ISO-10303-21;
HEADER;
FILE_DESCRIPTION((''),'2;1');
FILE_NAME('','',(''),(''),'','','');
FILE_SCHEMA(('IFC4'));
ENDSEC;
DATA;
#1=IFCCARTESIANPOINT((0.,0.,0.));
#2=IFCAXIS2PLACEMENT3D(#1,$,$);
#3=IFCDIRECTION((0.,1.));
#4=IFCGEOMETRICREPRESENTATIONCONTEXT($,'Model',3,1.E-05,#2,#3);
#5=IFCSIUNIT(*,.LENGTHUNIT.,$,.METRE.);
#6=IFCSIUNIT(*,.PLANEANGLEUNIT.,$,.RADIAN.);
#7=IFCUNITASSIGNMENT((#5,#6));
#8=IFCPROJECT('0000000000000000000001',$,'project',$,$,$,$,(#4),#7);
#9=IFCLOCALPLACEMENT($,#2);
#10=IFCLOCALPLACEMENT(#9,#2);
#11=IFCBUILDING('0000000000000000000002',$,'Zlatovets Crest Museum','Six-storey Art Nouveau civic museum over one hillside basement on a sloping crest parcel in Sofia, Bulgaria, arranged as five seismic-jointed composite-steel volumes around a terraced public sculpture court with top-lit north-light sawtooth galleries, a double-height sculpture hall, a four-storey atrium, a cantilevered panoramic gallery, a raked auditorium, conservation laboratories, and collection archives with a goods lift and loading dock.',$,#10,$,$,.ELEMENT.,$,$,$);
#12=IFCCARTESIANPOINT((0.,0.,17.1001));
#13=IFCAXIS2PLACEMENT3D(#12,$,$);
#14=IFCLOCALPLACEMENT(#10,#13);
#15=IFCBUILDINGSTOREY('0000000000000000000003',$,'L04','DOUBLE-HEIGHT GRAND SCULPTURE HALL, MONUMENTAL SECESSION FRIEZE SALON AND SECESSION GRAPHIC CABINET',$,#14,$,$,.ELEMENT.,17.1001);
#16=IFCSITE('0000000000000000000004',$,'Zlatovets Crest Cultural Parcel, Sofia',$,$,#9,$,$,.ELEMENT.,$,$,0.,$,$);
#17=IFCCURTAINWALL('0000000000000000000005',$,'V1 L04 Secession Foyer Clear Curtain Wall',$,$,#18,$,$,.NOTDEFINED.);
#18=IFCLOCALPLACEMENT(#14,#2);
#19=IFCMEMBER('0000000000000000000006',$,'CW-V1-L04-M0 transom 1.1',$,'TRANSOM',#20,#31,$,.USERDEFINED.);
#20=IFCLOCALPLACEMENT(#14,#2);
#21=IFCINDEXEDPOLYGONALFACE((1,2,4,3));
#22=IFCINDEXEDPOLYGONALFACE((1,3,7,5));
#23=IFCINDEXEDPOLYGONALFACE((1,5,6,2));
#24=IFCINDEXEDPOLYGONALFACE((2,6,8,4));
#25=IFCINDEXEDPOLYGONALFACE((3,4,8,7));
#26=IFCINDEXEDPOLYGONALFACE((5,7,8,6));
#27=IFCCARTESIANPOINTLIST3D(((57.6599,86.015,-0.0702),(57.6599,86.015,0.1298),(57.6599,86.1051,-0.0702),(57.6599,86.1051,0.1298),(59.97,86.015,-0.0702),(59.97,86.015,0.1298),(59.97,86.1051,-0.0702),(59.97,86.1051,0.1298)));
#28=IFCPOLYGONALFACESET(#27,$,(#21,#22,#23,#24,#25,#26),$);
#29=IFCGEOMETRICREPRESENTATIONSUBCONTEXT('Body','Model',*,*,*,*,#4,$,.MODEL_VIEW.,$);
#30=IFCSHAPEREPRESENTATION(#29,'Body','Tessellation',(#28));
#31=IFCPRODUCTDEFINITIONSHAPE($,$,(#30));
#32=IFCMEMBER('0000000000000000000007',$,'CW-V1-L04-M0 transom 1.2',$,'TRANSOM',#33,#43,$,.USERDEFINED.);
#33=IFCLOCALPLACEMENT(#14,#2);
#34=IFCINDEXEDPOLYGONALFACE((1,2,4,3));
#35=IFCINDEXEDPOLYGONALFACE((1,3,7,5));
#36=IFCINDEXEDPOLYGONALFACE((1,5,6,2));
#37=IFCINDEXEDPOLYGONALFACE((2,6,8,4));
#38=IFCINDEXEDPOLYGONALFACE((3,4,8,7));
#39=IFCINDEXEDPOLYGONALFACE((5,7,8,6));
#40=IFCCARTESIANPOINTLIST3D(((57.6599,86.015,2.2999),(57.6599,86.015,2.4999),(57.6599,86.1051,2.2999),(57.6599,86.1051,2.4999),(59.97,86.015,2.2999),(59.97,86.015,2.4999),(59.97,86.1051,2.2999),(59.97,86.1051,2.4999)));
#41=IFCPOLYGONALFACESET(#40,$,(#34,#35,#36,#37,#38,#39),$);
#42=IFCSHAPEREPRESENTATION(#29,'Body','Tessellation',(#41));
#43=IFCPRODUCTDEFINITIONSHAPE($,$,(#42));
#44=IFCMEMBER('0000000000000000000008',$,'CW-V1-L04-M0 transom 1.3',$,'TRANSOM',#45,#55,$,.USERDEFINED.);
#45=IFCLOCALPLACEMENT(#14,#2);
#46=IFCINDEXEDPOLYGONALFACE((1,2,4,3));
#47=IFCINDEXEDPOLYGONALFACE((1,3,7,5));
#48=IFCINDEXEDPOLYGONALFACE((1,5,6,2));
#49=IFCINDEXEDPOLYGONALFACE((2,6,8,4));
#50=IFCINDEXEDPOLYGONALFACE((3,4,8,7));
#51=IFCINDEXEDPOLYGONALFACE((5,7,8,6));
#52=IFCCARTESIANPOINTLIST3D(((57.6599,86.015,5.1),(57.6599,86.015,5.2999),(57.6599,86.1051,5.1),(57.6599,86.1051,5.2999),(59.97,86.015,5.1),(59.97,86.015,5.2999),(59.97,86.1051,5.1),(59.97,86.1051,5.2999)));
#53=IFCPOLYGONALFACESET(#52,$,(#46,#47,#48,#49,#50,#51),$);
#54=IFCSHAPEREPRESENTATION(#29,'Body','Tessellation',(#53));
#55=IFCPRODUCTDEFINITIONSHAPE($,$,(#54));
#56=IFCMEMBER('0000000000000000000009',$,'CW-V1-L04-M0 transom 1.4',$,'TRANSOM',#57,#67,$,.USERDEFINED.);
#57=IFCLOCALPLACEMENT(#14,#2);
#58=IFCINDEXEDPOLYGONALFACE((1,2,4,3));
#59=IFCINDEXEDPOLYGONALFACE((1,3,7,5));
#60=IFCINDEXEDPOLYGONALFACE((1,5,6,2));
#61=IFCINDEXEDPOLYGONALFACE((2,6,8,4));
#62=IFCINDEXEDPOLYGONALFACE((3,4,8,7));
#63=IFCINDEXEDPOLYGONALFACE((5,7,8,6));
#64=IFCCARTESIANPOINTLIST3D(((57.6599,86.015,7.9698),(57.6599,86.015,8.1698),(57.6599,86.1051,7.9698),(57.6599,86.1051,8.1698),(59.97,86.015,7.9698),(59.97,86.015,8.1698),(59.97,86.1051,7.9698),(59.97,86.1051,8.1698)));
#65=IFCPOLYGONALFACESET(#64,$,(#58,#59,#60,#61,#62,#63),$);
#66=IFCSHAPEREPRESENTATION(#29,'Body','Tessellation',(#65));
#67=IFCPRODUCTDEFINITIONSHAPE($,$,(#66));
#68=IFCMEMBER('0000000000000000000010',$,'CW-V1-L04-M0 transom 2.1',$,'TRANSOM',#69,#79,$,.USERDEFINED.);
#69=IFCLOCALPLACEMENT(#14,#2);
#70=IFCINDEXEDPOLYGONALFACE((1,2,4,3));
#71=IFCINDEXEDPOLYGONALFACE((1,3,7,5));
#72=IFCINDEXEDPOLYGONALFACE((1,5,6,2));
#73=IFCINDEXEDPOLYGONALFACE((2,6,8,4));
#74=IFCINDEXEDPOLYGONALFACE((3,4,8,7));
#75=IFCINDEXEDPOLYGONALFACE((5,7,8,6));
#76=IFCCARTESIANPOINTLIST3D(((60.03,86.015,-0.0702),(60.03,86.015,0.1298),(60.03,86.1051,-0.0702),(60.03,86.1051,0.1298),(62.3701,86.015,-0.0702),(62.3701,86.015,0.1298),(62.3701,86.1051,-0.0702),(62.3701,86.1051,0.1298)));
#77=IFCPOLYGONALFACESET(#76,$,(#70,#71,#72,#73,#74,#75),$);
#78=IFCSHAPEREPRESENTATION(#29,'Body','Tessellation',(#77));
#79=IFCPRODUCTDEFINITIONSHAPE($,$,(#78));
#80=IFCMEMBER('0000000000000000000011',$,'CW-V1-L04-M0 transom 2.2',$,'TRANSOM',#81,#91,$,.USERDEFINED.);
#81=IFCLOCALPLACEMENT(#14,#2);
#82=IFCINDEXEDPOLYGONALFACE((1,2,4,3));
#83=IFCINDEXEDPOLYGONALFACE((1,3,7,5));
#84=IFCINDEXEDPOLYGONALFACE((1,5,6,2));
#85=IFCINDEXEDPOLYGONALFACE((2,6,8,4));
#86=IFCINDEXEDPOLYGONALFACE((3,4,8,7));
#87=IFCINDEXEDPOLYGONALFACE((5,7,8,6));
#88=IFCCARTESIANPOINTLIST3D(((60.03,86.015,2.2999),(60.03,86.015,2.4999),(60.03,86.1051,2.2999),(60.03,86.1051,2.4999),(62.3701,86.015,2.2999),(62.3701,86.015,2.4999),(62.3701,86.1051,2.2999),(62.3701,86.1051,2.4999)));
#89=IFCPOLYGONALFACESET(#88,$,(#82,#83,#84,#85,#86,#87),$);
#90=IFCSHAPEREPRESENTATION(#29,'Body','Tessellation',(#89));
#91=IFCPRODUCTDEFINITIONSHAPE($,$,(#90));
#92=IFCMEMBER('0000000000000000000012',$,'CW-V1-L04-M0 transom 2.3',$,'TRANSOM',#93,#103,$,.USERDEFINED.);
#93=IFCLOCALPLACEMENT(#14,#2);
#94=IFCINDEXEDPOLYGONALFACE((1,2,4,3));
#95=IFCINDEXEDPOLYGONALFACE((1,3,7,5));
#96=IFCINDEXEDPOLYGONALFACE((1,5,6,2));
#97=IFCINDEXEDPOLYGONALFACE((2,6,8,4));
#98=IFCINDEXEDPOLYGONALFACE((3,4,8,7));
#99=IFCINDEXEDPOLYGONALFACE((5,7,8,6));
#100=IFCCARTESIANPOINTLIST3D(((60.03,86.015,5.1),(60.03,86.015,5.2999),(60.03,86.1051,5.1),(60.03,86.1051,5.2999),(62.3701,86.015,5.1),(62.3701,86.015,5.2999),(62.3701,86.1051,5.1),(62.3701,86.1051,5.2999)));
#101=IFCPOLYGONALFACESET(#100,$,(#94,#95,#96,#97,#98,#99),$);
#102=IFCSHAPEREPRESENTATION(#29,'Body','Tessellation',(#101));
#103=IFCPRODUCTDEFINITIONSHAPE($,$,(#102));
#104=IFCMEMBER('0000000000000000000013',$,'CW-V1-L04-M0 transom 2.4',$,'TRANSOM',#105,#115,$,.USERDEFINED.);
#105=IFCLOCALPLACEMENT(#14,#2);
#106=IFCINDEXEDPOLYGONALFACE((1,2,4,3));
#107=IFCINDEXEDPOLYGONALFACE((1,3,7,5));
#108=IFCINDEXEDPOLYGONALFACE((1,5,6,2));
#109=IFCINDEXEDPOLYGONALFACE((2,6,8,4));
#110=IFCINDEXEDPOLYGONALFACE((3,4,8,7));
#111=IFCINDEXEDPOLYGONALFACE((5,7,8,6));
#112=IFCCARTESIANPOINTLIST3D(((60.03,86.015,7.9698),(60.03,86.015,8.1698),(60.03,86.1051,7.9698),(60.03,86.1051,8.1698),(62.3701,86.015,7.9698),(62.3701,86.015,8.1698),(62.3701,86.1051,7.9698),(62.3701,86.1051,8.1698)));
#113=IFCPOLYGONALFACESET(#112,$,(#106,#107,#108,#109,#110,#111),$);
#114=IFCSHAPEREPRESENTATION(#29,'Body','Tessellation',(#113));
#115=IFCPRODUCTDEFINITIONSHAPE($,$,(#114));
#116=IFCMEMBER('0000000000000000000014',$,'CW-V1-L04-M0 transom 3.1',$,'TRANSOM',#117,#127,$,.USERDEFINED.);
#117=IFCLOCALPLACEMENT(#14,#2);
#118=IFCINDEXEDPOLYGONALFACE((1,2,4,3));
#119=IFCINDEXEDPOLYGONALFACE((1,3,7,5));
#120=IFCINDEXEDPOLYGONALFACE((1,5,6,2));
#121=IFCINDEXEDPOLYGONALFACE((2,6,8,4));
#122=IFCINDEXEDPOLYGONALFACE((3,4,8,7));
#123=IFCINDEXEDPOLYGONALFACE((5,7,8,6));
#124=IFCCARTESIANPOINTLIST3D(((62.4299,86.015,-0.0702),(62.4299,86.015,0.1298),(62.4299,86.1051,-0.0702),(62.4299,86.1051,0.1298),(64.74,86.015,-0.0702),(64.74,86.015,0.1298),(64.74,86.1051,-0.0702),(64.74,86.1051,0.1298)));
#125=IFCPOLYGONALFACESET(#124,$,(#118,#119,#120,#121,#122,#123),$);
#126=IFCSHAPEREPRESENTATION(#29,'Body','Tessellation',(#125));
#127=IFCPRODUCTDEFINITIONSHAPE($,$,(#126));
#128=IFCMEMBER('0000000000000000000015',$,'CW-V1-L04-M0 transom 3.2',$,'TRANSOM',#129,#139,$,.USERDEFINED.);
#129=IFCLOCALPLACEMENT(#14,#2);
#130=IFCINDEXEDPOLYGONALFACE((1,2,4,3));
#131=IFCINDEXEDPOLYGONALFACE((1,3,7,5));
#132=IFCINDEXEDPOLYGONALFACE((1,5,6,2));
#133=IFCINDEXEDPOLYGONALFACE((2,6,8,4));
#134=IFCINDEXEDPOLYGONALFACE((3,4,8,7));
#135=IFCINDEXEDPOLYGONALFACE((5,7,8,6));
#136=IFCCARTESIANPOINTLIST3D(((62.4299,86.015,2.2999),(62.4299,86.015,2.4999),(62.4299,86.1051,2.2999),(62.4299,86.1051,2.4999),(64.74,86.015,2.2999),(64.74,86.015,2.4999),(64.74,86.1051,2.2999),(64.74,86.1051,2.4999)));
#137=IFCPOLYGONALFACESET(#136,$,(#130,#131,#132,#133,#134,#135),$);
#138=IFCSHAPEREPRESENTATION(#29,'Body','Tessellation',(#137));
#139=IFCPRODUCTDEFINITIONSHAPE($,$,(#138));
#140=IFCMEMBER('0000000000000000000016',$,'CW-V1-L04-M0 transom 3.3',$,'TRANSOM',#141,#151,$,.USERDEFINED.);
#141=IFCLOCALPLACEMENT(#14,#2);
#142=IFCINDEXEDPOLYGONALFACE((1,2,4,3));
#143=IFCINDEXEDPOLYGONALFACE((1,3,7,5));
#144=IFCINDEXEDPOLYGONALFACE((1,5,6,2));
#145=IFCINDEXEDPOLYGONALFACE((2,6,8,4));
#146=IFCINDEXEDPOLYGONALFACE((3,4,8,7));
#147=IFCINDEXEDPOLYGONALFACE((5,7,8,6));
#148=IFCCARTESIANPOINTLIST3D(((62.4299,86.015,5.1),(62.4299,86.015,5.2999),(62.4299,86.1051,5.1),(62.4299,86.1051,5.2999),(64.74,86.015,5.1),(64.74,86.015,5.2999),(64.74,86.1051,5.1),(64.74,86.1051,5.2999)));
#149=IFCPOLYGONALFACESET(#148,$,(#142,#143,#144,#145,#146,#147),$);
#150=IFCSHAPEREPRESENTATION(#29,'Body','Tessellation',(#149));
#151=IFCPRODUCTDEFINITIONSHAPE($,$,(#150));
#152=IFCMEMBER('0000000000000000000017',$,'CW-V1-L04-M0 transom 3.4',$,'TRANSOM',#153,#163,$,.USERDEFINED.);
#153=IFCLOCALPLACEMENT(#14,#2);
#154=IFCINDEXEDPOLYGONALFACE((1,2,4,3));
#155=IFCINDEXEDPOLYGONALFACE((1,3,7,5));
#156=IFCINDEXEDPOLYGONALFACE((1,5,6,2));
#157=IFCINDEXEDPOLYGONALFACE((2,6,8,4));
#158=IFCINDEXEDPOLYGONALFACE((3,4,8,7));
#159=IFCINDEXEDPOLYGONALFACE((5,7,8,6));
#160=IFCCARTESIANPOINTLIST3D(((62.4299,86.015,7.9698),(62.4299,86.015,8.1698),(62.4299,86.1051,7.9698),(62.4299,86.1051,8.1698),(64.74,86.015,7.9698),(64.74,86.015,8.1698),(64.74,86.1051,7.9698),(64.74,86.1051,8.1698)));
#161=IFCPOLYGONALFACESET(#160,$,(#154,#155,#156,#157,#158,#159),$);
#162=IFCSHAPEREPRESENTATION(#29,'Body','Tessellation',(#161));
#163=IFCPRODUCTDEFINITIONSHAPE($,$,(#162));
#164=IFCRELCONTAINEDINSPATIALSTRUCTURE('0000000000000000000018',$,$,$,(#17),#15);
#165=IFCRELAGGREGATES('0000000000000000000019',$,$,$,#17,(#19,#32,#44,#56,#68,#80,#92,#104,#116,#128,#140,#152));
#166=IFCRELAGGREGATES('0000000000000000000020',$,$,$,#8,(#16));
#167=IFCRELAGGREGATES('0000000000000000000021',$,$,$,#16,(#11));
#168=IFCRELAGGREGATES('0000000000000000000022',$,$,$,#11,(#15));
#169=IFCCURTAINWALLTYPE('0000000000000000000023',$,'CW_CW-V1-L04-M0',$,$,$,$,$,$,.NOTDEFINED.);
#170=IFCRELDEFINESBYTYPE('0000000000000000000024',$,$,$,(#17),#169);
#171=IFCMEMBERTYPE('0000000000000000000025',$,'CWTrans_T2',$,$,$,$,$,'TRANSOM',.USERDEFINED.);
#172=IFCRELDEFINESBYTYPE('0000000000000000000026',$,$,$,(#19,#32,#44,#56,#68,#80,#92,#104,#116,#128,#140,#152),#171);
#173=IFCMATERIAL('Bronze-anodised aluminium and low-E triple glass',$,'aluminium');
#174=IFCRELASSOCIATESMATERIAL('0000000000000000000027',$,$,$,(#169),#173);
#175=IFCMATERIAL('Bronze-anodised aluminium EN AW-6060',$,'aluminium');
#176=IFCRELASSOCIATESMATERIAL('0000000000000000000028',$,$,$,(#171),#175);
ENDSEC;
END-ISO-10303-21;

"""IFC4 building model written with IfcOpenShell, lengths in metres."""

from ifc_helpers import new_model, si_unit, direction, frame, origin, origin_2d, place, context, subcontext, project, spatial, rectangle, extrude, material, material_profile, profile_set, type_object, element, aggregate, save


model = new_model("IFC4")

# Units and contexts
model_context = context("Model", 3, precision=1e-05, world=origin(), true_north=direction((0.0, 1.0)))
body_context = subcontext(model_context, "Body", "Model", "MODEL_VIEW")
ifc_project = project(units=[si_unit("LENGTHUNIT", "METRE"), si_unit("PLANEANGLEUNIT", "RADIAN")], contexts=[model_context])

# Site, building, storey
site_placement = place(None, origin())
site = spatial("IfcSite", under=ifc_project, at=site_placement, Name="Zlatovets Crest Cultural Parcel, Sofia", CompositionType="ELEMENT", RefElevation=0.0)
building_placement = place(site_placement, origin())
building = spatial("IfcBuilding", under=site, at=building_placement, Name="Zlatovets Crest Museum", Description="Six-storey Art Nouveau civic museum over one hillside basement on a sloping crest parcel in Sofia, Bulgaria, arranged as five seismic-jointed composite-steel volumes around a terraced public sculpture court with top-lit north-light sawtooth galleries, a double-height sculpture hall, a four-storey atrium, a cantilevered panoramic gallery, a raked auditorium, conservation laboratories, and collection archives with a goods lift and loading dock.", CompositionType="ELEMENT")
storey_placement = place(building_placement, frame((0.0, 0.0, 17.1001)))
storey = spatial("IfcBuildingStorey", under=building, at=storey_placement, Name="L04", Description="DOUBLE-HEIGHT GRAND SCULPTURE HALL, MONUMENTAL SECESSION FRIEZE SALON AND SECESSION GRAPHIC CABINET", CompositionType="ELEMENT", Elevation=17.1001)

# Curtain wall, members
ifc_material_1 = material(Name="Bronze-anodised aluminium and low-E triple glass", Category="aluminium")
curtain_wall_type = type_object("IfcCurtainWallType", Name="CW_CW-V1-L04-M0", PredefinedType="NOTDEFINED", material=ifc_material_1)
curtain_wall_placement = place(storey_placement, origin())
curtain_wall = element("IfcCurtainWall", 1, at=curtain_wall_placement, inside=storey, type_object=curtain_wall_type, Name="V1 L04 Secession Foyer Clear Curtain Wall", PredefinedType="NOTDEFINED")
ifc_material_2 = material(Name="Bronze-anodised aluminium EN AW-6060", Category="aluminium")
ifc_material_profile_1 = material_profile(ifc_material_2, rectangle(XDim=0.0901, YDim=0.2, at=origin_2d()), Name="ALU 90x200")
ifc_profile_set_1 = profile_set([ifc_material_profile_1], Name="Bronze-anodised aluminium EN AW-6060")
member_type_1 = type_object("IfcMemberType", Name="CWTrans_T2", ElementType="TRANSOM", PredefinedType="USERDEFINED", material=ifc_profile_set_1)
member_1_placement = place(storey_placement, frame((57.6599, 86.0601, 0.0298), z_axis=(1.0, 0.0, 0.0), x_axis=(0.0, 1.0, 0.0)))
member_1 = element("IfcMember", 2, at=member_1_placement, type_object=member_type_1, Name="CW-V1-L04-M0 transom 1.1", ObjectType="TRANSOM", PredefinedType="USERDEFINED", context=body_context, shape_type="SweptSolid", body=[
    extrude(rectangle(XDim=0.0901, YDim=0.2, at=origin_2d()), origin(), (0.0, 0.0, 1.0), 2.3101),
])
member_2_placement = place(storey_placement, frame((57.6599, 86.0601, 2.3999), z_axis=(1.0, 0.0, 0.0), x_axis=(0.0, 1.0, 0.0)))
member_2 = element("IfcMember", 3, at=member_2_placement, type_object=member_type_1, Name="CW-V1-L04-M0 transom 1.2", ObjectType="TRANSOM", PredefinedType="USERDEFINED", context=body_context, shape_type="SweptSolid", body=[
    extrude(rectangle(XDim=0.0901, YDim=0.2, at=origin_2d()), origin(), (0.0, 0.0, 1.0), 2.3101),
])
member_3_placement = place(storey_placement, frame((57.6599, 86.0601, 5.2), z_axis=(1.0, 0.0, 0.0), x_axis=(0.0, 1.0, 0.0)))
member_3 = element("IfcMember", 4, at=member_3_placement, type_object=member_type_1, Name="CW-V1-L04-M0 transom 1.3", ObjectType="TRANSOM", PredefinedType="USERDEFINED", context=body_context, shape_type="SweptSolid", body=[
    extrude(rectangle(XDim=0.0901, YDim=0.2, at=origin_2d()), origin(), (0.0, 0.0, 1.0), 2.3101),
])
member_4_placement = place(storey_placement, frame((57.6599, 86.0601, 8.0698), z_axis=(1.0, 0.0, 0.0), x_axis=(0.0, 1.0, 0.0)))
member_4 = element("IfcMember", 5, at=member_4_placement, type_object=member_type_1, Name="CW-V1-L04-M0 transom 1.4", ObjectType="TRANSOM", PredefinedType="USERDEFINED", context=body_context, shape_type="SweptSolid", body=[
    extrude(rectangle(XDim=0.0901, YDim=0.2, at=origin_2d()), origin(), (0.0, 0.0, 1.0), 2.3101),
])
member_5_placement = place(storey_placement, frame((60.03, 86.0601, 0.0298), z_axis=(1.0, 0.0, 0.0), x_axis=(0.0, 1.0, 0.0)))
member_5 = element("IfcMember", 6, at=member_5_placement, type_object=member_type_1, Name="CW-V1-L04-M0 transom 2.1", ObjectType="TRANSOM", PredefinedType="USERDEFINED", context=body_context, shape_type="SweptSolid", body=[
    extrude(rectangle(XDim=0.0901, YDim=0.2, at=origin_2d()), origin(), (0.0, 0.0, 1.0), 2.3401),
])
member_6_placement = place(storey_placement, frame((60.03, 86.0601, 2.3999), z_axis=(1.0, 0.0, 0.0), x_axis=(0.0, 1.0, 0.0)))
member_6 = element("IfcMember", 7, at=member_6_placement, type_object=member_type_1, Name="CW-V1-L04-M0 transom 2.2", ObjectType="TRANSOM", PredefinedType="USERDEFINED", context=body_context, shape_type="SweptSolid", body=[
    extrude(rectangle(XDim=0.0901, YDim=0.2, at=origin_2d()), origin(), (0.0, 0.0, 1.0), 2.3401),
])
member_7_placement = place(storey_placement, frame((60.03, 86.0601, 5.2), z_axis=(1.0, 0.0, 0.0), x_axis=(0.0, 1.0, 0.0)))
member_7 = element("IfcMember", 8, at=member_7_placement, type_object=member_type_1, Name="CW-V1-L04-M0 transom 2.3", ObjectType="TRANSOM", PredefinedType="USERDEFINED", context=body_context, shape_type="SweptSolid", body=[
    extrude(rectangle(XDim=0.0901, YDim=0.2, at=origin_2d()), origin(), (0.0, 0.0, 1.0), 2.3401),
])
member_8_placement = place(storey_placement, frame((60.03, 86.0601, 8.0698), z_axis=(1.0, 0.0, 0.0), x_axis=(0.0, 1.0, 0.0)))
member_8 = element("IfcMember", 9, at=member_8_placement, type_object=member_type_1, Name="CW-V1-L04-M0 transom 2.4", ObjectType="TRANSOM", PredefinedType="USERDEFINED", context=body_context, shape_type="SweptSolid", body=[
    extrude(rectangle(XDim=0.0901, YDim=0.2, at=origin_2d()), origin(), (0.0, 0.0, 1.0), 2.3401),
])
member_9_placement = place(storey_placement, frame((62.4299, 86.0601, 0.0298), z_axis=(1.0, 0.0, 0.0), x_axis=(0.0, 1.0, 0.0)))
member_9 = element("IfcMember", 10, at=member_9_placement, type_object=member_type_1, Name="CW-V1-L04-M0 transom 3.1", ObjectType="TRANSOM", PredefinedType="USERDEFINED", context=body_context, shape_type="SweptSolid", body=[
    extrude(rectangle(XDim=0.0901, YDim=0.2, at=origin_2d()), origin(), (0.0, 0.0, 1.0), 2.3101),
])
member_10_placement = place(storey_placement, frame((62.4299, 86.0601, 2.3999), z_axis=(1.0, 0.0, 0.0), x_axis=(0.0, 1.0, 0.0)))
member_10 = element("IfcMember", 11, at=member_10_placement, type_object=member_type_1, Name="CW-V1-L04-M0 transom 3.2", ObjectType="TRANSOM", PredefinedType="USERDEFINED", context=body_context, shape_type="SweptSolid", body=[
    extrude(rectangle(XDim=0.0901, YDim=0.2, at=origin_2d()), origin(), (0.0, 0.0, 1.0), 2.3101),
])
member_11_placement = place(storey_placement, frame((62.4299, 86.0601, 5.2), z_axis=(1.0, 0.0, 0.0), x_axis=(0.0, 1.0, 0.0)))
member_11 = element("IfcMember", 12, at=member_11_placement, type_object=member_type_1, Name="CW-V1-L04-M0 transom 3.3", ObjectType="TRANSOM", PredefinedType="USERDEFINED", context=body_context, shape_type="SweptSolid", body=[
    extrude(rectangle(XDim=0.0901, YDim=0.2, at=origin_2d()), origin(), (0.0, 0.0, 1.0), 2.3101),
])
member_12_placement = place(storey_placement, frame((62.4299, 86.0601, 8.0698), z_axis=(1.0, 0.0, 0.0), x_axis=(0.0, 1.0, 0.0)))
member_12 = element("IfcMember", 13, at=member_12_placement, type_object=member_type_1, Name="CW-V1-L04-M0 transom 3.4", ObjectType="TRANSOM", PredefinedType="USERDEFINED", context=body_context, shape_type="SweptSolid", body=[
    extrude(rectangle(XDim=0.0901, YDim=0.2, at=origin_2d()), origin(), (0.0, 0.0, 1.0), 2.3101),
])

aggregate(curtain_wall, [member_1, member_2, member_3, member_4, member_5, member_6, member_7, member_8, member_9, member_10, member_11, member_12])

save(model, "model.ifc")
